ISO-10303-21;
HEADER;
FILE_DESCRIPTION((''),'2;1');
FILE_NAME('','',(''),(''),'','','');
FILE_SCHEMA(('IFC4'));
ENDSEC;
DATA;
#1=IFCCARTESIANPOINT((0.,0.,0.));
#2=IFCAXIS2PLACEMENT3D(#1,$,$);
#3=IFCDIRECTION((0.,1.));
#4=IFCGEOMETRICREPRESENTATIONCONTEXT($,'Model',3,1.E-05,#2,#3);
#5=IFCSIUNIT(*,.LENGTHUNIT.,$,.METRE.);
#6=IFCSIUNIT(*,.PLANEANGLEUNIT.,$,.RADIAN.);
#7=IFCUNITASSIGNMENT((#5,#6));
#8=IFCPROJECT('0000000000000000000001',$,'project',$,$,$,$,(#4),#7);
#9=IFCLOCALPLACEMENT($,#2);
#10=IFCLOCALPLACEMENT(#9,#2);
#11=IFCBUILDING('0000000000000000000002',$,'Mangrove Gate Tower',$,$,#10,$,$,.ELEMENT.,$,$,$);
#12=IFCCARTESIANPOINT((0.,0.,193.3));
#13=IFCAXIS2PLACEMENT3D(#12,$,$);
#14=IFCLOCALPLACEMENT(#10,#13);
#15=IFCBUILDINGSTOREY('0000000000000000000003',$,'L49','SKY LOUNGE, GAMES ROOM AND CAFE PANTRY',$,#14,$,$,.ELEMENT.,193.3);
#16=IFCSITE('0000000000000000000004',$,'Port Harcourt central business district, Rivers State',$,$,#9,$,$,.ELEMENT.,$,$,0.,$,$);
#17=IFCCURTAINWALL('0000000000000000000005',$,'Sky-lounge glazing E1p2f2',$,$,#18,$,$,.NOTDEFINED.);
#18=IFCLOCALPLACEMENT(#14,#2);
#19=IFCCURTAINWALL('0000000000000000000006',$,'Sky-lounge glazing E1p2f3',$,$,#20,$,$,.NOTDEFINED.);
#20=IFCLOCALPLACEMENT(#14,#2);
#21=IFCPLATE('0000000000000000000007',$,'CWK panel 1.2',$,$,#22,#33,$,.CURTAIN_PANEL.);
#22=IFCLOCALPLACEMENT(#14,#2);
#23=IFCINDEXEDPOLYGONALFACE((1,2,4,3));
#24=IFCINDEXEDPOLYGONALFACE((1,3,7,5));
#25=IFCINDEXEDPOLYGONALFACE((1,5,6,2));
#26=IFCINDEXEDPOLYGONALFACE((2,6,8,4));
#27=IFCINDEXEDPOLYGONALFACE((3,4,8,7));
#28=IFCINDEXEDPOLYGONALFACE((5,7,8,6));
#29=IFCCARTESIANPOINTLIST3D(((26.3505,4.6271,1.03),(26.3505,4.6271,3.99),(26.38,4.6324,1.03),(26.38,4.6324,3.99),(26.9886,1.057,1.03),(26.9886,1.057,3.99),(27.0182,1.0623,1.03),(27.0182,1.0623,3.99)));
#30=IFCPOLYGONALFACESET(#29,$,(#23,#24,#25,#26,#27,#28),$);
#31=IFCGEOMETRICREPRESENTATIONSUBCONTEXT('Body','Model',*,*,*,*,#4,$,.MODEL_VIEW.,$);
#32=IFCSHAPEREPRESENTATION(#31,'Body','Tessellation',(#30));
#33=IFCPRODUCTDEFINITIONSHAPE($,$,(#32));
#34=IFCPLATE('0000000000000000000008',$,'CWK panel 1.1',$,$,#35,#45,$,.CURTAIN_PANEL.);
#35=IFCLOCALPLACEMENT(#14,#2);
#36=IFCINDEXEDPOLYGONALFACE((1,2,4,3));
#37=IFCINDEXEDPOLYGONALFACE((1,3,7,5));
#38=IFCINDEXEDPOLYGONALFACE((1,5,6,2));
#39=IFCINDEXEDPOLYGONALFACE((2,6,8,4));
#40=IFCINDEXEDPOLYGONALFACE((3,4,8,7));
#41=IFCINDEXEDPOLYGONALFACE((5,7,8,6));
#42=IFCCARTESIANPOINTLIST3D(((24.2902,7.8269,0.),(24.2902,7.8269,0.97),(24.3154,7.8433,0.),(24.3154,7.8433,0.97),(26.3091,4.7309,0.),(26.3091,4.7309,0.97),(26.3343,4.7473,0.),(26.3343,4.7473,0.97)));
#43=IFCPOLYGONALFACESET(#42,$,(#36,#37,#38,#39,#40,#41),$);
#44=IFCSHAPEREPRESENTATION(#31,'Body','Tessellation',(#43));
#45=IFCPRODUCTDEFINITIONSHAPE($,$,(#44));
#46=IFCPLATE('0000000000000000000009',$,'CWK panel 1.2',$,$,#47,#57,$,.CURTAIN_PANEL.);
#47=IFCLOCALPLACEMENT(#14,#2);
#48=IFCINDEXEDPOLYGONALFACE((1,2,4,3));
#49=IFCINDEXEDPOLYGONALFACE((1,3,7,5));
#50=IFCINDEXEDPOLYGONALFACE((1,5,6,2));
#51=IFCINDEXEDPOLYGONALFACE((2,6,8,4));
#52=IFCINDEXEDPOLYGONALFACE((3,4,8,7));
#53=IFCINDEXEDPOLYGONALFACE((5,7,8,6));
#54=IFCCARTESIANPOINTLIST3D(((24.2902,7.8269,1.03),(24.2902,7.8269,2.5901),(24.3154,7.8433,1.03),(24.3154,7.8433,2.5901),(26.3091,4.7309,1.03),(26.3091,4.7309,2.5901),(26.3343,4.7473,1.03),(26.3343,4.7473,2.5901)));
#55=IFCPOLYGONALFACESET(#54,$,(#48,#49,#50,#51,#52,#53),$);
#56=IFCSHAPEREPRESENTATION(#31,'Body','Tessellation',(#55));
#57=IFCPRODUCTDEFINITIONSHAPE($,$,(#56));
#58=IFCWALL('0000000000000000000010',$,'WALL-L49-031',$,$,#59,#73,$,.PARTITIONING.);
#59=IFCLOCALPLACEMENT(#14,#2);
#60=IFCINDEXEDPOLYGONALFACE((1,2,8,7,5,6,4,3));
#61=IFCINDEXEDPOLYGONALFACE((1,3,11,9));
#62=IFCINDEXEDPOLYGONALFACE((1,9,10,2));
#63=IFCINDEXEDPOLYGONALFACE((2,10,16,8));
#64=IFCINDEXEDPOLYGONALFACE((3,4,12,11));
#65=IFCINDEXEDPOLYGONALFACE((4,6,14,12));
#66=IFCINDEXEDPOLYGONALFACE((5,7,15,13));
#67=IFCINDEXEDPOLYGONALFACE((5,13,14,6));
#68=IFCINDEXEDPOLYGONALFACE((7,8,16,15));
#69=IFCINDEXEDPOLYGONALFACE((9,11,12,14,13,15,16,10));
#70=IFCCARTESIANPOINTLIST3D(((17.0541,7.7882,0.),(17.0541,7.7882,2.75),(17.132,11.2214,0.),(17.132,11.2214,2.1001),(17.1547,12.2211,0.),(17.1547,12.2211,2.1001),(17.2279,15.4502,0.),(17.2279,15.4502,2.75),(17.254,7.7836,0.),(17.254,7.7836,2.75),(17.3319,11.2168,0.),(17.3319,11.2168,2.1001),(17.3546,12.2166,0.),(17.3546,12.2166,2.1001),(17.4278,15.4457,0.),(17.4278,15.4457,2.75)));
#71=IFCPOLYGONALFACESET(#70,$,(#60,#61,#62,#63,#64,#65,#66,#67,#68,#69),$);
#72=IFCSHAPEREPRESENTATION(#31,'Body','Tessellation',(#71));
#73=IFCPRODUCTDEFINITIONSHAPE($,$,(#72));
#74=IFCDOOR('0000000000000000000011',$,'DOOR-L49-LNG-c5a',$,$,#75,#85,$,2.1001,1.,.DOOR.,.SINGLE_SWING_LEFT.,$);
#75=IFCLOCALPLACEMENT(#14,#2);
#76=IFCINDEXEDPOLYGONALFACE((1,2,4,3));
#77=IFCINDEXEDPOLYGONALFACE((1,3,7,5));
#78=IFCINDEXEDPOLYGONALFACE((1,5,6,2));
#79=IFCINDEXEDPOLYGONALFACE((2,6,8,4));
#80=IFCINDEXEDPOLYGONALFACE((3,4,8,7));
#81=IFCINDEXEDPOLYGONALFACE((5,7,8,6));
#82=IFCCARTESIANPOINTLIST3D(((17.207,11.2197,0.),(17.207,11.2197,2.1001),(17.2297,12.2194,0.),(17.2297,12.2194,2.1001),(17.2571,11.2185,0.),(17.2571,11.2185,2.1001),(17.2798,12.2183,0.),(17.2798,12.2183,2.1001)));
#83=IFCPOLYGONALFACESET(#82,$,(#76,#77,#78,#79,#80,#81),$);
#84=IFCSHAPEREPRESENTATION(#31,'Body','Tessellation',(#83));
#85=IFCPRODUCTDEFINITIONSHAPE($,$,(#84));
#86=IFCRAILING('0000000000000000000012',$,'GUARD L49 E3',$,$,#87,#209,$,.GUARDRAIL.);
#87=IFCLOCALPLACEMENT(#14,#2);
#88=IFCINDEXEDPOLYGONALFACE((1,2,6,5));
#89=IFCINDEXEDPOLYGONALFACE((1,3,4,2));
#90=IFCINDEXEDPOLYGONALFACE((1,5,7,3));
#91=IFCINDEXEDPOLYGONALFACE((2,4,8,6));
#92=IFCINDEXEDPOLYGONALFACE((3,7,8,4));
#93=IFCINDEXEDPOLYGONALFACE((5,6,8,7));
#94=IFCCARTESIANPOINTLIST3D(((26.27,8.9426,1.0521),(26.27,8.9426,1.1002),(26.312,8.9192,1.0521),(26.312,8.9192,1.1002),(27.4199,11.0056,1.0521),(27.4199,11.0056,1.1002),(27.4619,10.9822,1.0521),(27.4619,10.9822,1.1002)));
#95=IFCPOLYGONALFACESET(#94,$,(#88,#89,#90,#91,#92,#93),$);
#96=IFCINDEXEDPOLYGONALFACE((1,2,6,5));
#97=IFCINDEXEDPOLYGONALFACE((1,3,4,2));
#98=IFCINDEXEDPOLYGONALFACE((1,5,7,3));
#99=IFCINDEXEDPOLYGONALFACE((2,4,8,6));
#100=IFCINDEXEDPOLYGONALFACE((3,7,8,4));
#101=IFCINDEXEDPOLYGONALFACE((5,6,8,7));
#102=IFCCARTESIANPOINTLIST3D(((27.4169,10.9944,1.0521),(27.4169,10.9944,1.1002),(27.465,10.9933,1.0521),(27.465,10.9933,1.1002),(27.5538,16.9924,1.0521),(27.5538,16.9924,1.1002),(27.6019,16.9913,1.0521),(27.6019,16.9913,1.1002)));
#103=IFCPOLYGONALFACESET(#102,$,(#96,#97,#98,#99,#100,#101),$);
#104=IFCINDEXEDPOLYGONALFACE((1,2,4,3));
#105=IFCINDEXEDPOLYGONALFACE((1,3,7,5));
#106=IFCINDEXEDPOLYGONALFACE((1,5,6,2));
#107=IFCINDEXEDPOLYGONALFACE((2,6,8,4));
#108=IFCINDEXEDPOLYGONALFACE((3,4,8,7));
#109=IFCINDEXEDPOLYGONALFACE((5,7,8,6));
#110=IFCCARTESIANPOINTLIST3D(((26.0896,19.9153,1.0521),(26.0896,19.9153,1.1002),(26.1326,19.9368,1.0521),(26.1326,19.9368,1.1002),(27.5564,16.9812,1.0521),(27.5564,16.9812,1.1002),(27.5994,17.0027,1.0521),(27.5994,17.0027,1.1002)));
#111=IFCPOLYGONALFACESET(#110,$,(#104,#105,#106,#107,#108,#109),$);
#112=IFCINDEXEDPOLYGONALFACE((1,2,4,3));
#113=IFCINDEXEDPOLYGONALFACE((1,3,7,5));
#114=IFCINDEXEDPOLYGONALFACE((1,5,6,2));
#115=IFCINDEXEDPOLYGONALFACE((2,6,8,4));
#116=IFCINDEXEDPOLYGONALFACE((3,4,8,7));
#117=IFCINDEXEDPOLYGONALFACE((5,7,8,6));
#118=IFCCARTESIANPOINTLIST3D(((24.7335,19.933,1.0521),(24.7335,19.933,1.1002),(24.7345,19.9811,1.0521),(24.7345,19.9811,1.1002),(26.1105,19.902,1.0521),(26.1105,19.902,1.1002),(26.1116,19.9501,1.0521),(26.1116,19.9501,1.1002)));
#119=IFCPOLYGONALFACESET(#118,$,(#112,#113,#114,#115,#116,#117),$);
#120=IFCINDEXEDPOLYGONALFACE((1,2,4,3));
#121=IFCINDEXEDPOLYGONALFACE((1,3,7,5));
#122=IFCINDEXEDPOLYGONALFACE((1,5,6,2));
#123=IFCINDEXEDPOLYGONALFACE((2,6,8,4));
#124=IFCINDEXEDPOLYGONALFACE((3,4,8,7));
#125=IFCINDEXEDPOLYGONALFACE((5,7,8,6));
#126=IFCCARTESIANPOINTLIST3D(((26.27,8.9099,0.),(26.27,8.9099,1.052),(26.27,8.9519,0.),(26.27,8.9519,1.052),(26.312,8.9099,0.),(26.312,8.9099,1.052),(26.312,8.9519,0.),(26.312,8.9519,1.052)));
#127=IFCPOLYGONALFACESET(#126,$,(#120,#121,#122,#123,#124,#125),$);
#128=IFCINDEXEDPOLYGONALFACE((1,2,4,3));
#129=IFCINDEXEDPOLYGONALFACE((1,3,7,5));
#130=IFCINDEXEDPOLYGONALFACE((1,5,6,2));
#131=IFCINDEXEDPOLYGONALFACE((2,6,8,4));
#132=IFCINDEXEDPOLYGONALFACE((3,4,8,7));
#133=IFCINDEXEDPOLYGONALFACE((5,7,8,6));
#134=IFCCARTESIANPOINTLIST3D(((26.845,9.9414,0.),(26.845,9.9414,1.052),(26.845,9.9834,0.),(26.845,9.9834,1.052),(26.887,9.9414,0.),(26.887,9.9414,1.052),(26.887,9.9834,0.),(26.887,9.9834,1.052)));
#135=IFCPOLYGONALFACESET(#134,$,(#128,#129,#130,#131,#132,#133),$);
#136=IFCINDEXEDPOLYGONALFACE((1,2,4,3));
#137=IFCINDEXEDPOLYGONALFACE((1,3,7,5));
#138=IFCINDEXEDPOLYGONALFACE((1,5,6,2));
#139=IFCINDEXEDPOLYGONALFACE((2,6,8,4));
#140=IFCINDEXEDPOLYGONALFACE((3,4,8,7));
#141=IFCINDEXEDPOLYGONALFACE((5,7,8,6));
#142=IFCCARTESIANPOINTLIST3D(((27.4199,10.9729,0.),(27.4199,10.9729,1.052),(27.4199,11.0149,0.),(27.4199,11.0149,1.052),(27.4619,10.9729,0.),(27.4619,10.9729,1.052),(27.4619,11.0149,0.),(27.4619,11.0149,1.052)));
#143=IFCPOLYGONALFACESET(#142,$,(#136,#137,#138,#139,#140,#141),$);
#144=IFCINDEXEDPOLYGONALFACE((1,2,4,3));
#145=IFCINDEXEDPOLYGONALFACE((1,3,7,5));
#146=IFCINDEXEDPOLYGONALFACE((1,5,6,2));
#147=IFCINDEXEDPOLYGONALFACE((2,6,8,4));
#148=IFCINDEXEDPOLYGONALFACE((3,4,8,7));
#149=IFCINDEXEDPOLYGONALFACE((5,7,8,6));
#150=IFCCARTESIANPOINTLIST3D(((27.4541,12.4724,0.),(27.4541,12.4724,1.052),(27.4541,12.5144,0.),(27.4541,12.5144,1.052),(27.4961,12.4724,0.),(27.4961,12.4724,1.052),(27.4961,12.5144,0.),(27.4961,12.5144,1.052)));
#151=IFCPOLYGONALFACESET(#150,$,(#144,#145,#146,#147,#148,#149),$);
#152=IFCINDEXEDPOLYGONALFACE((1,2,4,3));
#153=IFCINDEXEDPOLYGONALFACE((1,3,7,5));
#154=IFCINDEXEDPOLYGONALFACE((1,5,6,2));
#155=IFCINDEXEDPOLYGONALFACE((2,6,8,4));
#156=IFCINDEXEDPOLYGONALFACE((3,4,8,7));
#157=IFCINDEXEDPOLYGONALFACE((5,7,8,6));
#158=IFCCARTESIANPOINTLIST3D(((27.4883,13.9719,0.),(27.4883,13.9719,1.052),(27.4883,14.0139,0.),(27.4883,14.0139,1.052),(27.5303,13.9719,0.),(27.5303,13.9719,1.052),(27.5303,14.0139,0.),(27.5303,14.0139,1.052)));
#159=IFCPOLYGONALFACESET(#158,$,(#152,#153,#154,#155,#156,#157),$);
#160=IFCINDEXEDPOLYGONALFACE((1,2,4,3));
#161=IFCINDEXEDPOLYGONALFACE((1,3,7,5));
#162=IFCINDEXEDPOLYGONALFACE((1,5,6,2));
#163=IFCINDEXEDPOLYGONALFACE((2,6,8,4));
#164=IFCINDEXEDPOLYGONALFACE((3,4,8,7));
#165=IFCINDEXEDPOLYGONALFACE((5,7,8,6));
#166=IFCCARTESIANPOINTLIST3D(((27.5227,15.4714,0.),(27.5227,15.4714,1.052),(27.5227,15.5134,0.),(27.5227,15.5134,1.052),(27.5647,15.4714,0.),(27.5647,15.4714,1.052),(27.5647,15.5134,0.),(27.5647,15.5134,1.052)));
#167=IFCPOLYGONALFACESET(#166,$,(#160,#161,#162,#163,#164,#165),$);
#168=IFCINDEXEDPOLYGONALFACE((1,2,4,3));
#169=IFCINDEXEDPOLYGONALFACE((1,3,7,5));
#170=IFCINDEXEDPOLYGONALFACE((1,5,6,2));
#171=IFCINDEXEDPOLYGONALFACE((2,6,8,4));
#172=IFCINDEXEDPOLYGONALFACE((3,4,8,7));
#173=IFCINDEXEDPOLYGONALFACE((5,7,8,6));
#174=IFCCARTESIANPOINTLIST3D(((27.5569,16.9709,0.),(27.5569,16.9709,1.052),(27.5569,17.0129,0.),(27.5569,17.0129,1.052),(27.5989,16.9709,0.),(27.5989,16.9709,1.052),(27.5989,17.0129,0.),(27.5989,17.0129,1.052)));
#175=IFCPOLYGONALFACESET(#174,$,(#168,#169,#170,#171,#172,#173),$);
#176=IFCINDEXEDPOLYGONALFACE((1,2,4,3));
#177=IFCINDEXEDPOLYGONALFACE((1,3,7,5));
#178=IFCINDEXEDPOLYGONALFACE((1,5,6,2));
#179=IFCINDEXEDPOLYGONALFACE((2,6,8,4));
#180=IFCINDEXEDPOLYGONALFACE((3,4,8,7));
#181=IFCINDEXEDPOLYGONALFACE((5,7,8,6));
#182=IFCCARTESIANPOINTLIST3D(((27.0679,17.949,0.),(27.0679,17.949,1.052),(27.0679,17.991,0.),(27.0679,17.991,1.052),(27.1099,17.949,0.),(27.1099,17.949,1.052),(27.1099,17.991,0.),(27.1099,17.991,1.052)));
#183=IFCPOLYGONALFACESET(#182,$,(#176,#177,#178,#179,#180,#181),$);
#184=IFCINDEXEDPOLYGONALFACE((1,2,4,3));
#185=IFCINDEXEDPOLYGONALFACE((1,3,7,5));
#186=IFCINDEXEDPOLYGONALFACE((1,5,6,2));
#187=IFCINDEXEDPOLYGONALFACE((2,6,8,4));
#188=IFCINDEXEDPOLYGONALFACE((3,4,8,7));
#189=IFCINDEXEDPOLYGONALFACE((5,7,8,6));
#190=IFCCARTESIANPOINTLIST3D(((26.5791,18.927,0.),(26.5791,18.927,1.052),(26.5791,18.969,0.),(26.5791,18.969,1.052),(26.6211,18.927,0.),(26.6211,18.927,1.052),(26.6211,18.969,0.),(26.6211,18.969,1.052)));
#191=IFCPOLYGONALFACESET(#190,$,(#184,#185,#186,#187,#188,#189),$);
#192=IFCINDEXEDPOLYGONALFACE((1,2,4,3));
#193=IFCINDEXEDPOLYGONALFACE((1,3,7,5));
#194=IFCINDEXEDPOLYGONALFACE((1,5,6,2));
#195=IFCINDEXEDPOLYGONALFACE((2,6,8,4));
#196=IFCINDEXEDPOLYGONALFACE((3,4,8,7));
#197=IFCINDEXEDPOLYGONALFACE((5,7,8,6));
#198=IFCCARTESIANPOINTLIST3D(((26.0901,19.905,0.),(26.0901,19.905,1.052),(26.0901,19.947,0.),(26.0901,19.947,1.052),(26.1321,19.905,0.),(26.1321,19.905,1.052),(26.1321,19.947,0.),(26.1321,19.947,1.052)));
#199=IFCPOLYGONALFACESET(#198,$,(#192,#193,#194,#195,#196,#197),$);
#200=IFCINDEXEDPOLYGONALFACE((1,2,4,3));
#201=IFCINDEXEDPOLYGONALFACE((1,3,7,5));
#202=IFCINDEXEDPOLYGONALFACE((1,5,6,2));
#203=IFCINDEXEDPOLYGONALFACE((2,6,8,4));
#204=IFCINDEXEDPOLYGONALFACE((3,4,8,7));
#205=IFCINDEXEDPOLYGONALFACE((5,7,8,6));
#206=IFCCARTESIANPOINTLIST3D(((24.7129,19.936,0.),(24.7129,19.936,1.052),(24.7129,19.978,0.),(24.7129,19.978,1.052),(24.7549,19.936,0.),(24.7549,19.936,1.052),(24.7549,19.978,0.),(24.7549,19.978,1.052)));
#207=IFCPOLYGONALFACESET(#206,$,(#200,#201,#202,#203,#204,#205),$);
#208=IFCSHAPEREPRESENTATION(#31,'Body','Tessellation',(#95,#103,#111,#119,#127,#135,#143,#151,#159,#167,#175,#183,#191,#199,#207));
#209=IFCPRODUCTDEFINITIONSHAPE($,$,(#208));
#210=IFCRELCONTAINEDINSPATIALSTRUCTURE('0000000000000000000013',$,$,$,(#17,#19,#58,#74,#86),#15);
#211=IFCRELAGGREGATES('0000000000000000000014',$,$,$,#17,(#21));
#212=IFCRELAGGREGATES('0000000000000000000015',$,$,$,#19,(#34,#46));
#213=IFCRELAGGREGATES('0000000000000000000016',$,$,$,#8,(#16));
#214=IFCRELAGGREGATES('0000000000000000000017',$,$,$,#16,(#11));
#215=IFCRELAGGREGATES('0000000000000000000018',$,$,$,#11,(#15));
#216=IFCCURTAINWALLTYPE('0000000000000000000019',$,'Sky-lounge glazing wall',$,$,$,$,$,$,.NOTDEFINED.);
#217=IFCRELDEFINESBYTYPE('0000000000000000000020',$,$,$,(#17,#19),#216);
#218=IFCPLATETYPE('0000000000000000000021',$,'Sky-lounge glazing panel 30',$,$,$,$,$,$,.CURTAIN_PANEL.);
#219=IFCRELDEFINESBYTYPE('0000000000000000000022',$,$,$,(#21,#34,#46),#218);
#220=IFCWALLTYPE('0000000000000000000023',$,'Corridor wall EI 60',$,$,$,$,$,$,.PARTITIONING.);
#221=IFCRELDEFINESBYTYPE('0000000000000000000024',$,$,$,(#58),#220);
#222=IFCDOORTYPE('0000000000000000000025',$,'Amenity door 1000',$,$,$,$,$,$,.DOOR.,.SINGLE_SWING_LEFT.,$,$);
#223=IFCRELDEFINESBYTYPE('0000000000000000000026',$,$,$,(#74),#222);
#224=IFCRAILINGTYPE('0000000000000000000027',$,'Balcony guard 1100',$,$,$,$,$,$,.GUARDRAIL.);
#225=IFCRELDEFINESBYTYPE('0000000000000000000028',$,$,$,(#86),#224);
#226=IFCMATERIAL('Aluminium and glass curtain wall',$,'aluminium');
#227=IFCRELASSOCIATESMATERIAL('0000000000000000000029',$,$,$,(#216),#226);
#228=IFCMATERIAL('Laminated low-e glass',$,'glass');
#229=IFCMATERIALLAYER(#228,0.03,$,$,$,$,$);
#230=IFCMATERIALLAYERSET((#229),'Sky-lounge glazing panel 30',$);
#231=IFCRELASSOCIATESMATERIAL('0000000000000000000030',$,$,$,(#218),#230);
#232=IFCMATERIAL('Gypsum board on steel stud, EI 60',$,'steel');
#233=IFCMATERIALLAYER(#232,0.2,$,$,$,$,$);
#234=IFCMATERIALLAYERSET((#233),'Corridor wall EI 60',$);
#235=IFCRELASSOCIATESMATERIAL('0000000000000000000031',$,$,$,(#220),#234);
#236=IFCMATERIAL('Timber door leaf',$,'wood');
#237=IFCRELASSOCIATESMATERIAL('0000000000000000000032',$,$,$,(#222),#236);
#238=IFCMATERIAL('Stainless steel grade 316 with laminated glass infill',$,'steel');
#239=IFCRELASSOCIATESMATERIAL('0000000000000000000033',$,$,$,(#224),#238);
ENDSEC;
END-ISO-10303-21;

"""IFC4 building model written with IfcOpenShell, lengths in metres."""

from ifc_helpers import new_model, si_unit, direction, frame, frame_2d, origin, origin_2d, place, context, subcontext, project, spatial, rectangle, extrude, material, layer, layer_set, type_object, element, fill, aggregate, save


model = new_model("IFC4")

# Units and contexts
model_context = context("Model", 3, precision=1e-05, world=origin(), true_north=direction((0.0, 1.0)))
body_context = subcontext(model_context, "Body", "Model", "MODEL_VIEW")
ifc_project = project(units=[si_unit("LENGTHUNIT", "METRE"), si_unit("PLANEANGLEUNIT", "RADIAN")], contexts=[model_context])

# Site, building, storey
site_placement = place(None, origin())
site = spatial("IfcSite", under=ifc_project, at=site_placement, Name="Port Harcourt central business district, Rivers State", CompositionType="ELEMENT", RefElevation=0.0)
building_placement = place(site_placement, origin())
building = spatial("IfcBuilding", under=site, at=building_placement, Name="Mangrove Gate Tower", CompositionType="ELEMENT")
storey_placement = place(building_placement, frame((0.0, 0.0, 193.3)))
storey = spatial("IfcBuildingStorey", under=building, at=storey_placement, Name="L49", Description="SKY LOUNGE, GAMES ROOM AND CAFE PANTRY", CompositionType="ELEMENT", Elevation=193.3)

# Shared definitions
ifc_material_1 = material(Name="Aluminium and glass curtain wall", Category="aluminium")
curtain_wall_type = type_object("IfcCurtainWallType", Name="Sky-lounge glazing wall", PredefinedType="NOTDEFINED", material=ifc_material_1)

# Curtain walls
curtain_wall_1_placement = place(storey_placement, origin())
curtain_wall_1 = element("IfcCurtainWall", 1, at=curtain_wall_1_placement, inside=storey, type_object=curtain_wall_type, Name="Sky-lounge glazing E1p2f2", PredefinedType="NOTDEFINED")
curtain_wall_2_placement = place(storey_placement, origin())
curtain_wall_2 = element("IfcCurtainWall", 2, at=curtain_wall_2_placement, inside=storey, type_object=curtain_wall_type, Name="Sky-lounge glazing E1p2f3", PredefinedType="NOTDEFINED")

# Plates
ifc_material_2 = material(Name="Laminated low-e glass", Category="glass")
ifc_layer_1 = layer(ifc_material_2, 0.03)
ifc_layer_set_1 = layer_set([ifc_layer_1], Name="Sky-lounge glazing panel 30")
plate_type = type_object("IfcPlateType", Name="Sky-lounge glazing panel 30", PredefinedType="CURTAIN_PANEL", material=ifc_layer_set_1)
plate_1_placement = place(storey_placement, frame((26.6843, 2.8447, 1.03), z_axis=(0.0, 0.0, 1.0), x_axis=(-0.175968, 0.984396, 0.0)))
plate_1 = element("IfcPlate", 3, at=plate_1_placement, type_object=plate_type, Name="CWK panel 1.2", PredefinedType="CURTAIN_PANEL", context=body_context, shape_type="SweptSolid", body=[
    extrude(rectangle(XDim=3.6267, YDim=0.03, at=origin_2d()), origin(), (0.0, 0.0, 1.0), 2.96),
])
aggregate(curtain_wall_1, [plate_1])
plate_2_placement = place(storey_placement, frame((25.3123, 6.2871, 0.0), z_axis=(0.0, 0.0, 1.0), x_axis=(-0.546235, 0.837632, 0.0)))
plate_2 = element("IfcPlate", 4, at=plate_2_placement, type_object=plate_type, Name="CWK panel 1.1", PredefinedType="CURTAIN_PANEL", context=body_context, shape_type="SweptSolid", body=[
    extrude(rectangle(XDim=3.696, YDim=0.03, at=origin_2d()), origin(), (0.0, 0.0, 1.0), 0.97),
])
plate_3_placement = place(storey_placement, frame((25.3123, 6.2871, 1.03), z_axis=(0.0, 0.0, 1.0), x_axis=(-0.546235, 0.837632, 0.0)))
plate_3 = element("IfcPlate", 5, at=plate_3_placement, type_object=plate_type, Name="CWK panel 1.2", PredefinedType="CURTAIN_PANEL", context=body_context, shape_type="SweptSolid", body=[
    extrude(rectangle(XDim=3.696, YDim=0.03, at=origin_2d()), origin(), (0.0, 0.0, 1.0), 1.5601),
])
aggregate(curtain_wall_2, [plate_2, plate_3])

# Wall, opening, door
ifc_material_3 = material(Name="Gypsum board on steel stud, EI 60", Category="steel")
ifc_layer_2 = layer(ifc_material_3, 0.2)
ifc_layer_set_2 = layer_set([ifc_layer_2], Name="Corridor wall EI 60")
wall_type_1 = type_object("IfcWallType", Name="Corridor wall EI 60", PredefinedType="PARTITIONING", material=ifc_layer_set_2)
wall_1_placement = place(storey_placement, frame((17.1541, 7.7859, 0.0), z_axis=(0.0, 0.0, 1.0), x_axis=(0.022681, 0.999743, 0.0)))
wall_1 = element("IfcWall", 6, at=wall_1_placement, inside=storey, type_object=wall_type_1, Name="WALL-L49-031", PredefinedType="PARTITIONING", context=body_context, shape_type="SweptSolid", body=[
    extrude(rectangle(XDim=7.6641, YDim=0.2, at=frame_2d((3.832, 0.0))), origin(), (0.0, 0.0, 1.0), 2.75),
])
opening_1_placement = place(wall_1_placement, frame((3.4341, 0.0, 0.0)))
opening_1 = element("IfcOpeningElement", 7, at=opening_1_placement, cuts=wall_1, PredefinedType="OPENING", context=body_context, shape_type="SweptSolid", body=[
    extrude(rectangle(XDim=1.0, YDim=2.1001, at=frame_2d((0.5, 1.05))), frame((0.0, 0.1099, 0.0), z_axis=(0.0, -1.0, 0.0), x_axis=(1.0, 0.0, 0.0)), (0.0, 0.0, 1.0), 0.22),
])
ifc_material_4 = material(Name="Timber door leaf", Category="wood")
door_type_1 = type_object("IfcDoorType", Name="Amenity door 1000", OperationType="SINGLE_SWING_LEFT", PredefinedType="DOOR", material=ifc_material_4)
door_1_placement = place(opening_1_placement, origin())
door_1 = element("IfcDoor", 8, at=door_1_placement, inside=storey, type_object=door_type_1, Name="DOOR-L49-LNG-c5a", OperationType="SINGLE_SWING_LEFT", OverallHeight=2.1001, OverallWidth=1.0, PredefinedType="DOOR", context=body_context, shape_type="SweptSolid", body=[
    extrude(rectangle(XDim=1.0, YDim=2.1001, at=frame_2d((0.5, 1.05))), frame((0.0, 0.0249, 0.0), z_axis=(0.0, -1.0, 0.0), x_axis=(1.0, 0.0, 0.0)), (0.0, 0.0, 1.0), 0.05),
])
fill(opening_1, door_1)

# Railing
ifc_material_5 = material(Name="Stainless steel grade 316 with laminated glass infill", Category="steel")
railing_type = type_object("IfcRailingType", Name="Balcony guard 1100", PredefinedType="GUARDRAIL", material=ifc_material_5)
railing_1_placement = place(storey_placement, frame((26.291, 8.9309, 0.0)))
element("IfcRailing", 9, at=railing_1_placement, inside=storey, type_object=railing_type, Name="GUARD L49 E3", PredefinedType="GUARDRAIL", context=body_context, shape_type="SweptSolid", body=[
    extrude(rectangle(XDim=0.0481, YDim=0.0481, at=origin_2d()), frame((0.0, 0.0, 1.0762), z_axis=(0.486871, 0.873474, 0.0), x_axis=(-0.873474, 0.486871, 0.0)), (0.0, 0.0, 1.0), 2.3618),
    extrude(rectangle(XDim=0.0481, YDim=0.0481, at=origin_2d()), frame((1.1499, 2.063, 1.0762), z_axis=(0.022829, 0.999739, 0.0), x_axis=(-0.999739, 0.022829, 0.0)), (0.0, 0.0, 1.0), 5.9995),
    extrude(rectangle(XDim=0.0481, YDim=0.0481, at=origin_2d()), frame((1.2869, 8.061, 1.0762), z_axis=(-0.447154, 0.894457, 0.0), x_axis=(-0.894457, -0.447154, 0.0)), (0.0, 0.0, 1.0), 3.2803),
    extrude(rectangle(XDim=0.0481, YDim=0.0481, at=origin_2d()), frame((-0.1799, 10.9951, 1.0762), z_axis=(-0.999747, 0.022508, 0.0), x_axis=(-0.022508, -0.999747, 0.0)), (0.0, 0.0, 1.0), 1.3774),
    extrude(rectangle(XDim=0.042, YDim=0.042, at=origin_2d()), origin(), (0.0, 0.0, 1.0), 1.052),
    extrude(rectangle(XDim=0.042, YDim=0.042, at=origin_2d()), frame((0.575, 1.0315, 0.0)), (0.0, 0.0, 1.0), 1.052),
    extrude(rectangle(XDim=0.042, YDim=0.042, at=origin_2d()), frame((1.1499, 2.063, 0.0)), (0.0, 0.0, 1.0), 1.052),
    extrude(rectangle(XDim=0.042, YDim=0.042, at=origin_2d()), frame((1.1841, 3.5625, 0.0)), (0.0, 0.0, 1.0), 1.052),
    extrude(rectangle(XDim=0.042, YDim=0.042, at=origin_2d()), frame((1.2183, 5.062, 0.0)), (0.0, 0.0, 1.0), 1.052),
    extrude(rectangle(XDim=0.042, YDim=0.042, at=origin_2d()), frame((1.2527, 6.5615, 0.0)), (0.0, 0.0, 1.0), 1.052),
    extrude(rectangle(XDim=0.042, YDim=0.042, at=origin_2d()), frame((1.2869, 8.061, 0.0)), (0.0, 0.0, 1.0), 1.052),
    extrude(rectangle(XDim=0.042, YDim=0.042, at=origin_2d()), frame((0.7979, 9.0391, 0.0)), (0.0, 0.0, 1.0), 1.052),
    extrude(rectangle(XDim=0.042, YDim=0.042, at=origin_2d()), frame((0.3091, 10.0171, 0.0)), (0.0, 0.0, 1.0), 1.052),
    extrude(rectangle(XDim=0.042, YDim=0.042, at=origin_2d()), frame((-0.1799, 10.9951, 0.0)), (0.0, 0.0, 1.0), 1.052),
    extrude(rectangle(XDim=0.042, YDim=0.042, at=origin_2d()), frame((-1.5571, 11.0261, 0.0)), (0.0, 0.0, 1.0), 1.052),
])

save(model, "model.ifc")
